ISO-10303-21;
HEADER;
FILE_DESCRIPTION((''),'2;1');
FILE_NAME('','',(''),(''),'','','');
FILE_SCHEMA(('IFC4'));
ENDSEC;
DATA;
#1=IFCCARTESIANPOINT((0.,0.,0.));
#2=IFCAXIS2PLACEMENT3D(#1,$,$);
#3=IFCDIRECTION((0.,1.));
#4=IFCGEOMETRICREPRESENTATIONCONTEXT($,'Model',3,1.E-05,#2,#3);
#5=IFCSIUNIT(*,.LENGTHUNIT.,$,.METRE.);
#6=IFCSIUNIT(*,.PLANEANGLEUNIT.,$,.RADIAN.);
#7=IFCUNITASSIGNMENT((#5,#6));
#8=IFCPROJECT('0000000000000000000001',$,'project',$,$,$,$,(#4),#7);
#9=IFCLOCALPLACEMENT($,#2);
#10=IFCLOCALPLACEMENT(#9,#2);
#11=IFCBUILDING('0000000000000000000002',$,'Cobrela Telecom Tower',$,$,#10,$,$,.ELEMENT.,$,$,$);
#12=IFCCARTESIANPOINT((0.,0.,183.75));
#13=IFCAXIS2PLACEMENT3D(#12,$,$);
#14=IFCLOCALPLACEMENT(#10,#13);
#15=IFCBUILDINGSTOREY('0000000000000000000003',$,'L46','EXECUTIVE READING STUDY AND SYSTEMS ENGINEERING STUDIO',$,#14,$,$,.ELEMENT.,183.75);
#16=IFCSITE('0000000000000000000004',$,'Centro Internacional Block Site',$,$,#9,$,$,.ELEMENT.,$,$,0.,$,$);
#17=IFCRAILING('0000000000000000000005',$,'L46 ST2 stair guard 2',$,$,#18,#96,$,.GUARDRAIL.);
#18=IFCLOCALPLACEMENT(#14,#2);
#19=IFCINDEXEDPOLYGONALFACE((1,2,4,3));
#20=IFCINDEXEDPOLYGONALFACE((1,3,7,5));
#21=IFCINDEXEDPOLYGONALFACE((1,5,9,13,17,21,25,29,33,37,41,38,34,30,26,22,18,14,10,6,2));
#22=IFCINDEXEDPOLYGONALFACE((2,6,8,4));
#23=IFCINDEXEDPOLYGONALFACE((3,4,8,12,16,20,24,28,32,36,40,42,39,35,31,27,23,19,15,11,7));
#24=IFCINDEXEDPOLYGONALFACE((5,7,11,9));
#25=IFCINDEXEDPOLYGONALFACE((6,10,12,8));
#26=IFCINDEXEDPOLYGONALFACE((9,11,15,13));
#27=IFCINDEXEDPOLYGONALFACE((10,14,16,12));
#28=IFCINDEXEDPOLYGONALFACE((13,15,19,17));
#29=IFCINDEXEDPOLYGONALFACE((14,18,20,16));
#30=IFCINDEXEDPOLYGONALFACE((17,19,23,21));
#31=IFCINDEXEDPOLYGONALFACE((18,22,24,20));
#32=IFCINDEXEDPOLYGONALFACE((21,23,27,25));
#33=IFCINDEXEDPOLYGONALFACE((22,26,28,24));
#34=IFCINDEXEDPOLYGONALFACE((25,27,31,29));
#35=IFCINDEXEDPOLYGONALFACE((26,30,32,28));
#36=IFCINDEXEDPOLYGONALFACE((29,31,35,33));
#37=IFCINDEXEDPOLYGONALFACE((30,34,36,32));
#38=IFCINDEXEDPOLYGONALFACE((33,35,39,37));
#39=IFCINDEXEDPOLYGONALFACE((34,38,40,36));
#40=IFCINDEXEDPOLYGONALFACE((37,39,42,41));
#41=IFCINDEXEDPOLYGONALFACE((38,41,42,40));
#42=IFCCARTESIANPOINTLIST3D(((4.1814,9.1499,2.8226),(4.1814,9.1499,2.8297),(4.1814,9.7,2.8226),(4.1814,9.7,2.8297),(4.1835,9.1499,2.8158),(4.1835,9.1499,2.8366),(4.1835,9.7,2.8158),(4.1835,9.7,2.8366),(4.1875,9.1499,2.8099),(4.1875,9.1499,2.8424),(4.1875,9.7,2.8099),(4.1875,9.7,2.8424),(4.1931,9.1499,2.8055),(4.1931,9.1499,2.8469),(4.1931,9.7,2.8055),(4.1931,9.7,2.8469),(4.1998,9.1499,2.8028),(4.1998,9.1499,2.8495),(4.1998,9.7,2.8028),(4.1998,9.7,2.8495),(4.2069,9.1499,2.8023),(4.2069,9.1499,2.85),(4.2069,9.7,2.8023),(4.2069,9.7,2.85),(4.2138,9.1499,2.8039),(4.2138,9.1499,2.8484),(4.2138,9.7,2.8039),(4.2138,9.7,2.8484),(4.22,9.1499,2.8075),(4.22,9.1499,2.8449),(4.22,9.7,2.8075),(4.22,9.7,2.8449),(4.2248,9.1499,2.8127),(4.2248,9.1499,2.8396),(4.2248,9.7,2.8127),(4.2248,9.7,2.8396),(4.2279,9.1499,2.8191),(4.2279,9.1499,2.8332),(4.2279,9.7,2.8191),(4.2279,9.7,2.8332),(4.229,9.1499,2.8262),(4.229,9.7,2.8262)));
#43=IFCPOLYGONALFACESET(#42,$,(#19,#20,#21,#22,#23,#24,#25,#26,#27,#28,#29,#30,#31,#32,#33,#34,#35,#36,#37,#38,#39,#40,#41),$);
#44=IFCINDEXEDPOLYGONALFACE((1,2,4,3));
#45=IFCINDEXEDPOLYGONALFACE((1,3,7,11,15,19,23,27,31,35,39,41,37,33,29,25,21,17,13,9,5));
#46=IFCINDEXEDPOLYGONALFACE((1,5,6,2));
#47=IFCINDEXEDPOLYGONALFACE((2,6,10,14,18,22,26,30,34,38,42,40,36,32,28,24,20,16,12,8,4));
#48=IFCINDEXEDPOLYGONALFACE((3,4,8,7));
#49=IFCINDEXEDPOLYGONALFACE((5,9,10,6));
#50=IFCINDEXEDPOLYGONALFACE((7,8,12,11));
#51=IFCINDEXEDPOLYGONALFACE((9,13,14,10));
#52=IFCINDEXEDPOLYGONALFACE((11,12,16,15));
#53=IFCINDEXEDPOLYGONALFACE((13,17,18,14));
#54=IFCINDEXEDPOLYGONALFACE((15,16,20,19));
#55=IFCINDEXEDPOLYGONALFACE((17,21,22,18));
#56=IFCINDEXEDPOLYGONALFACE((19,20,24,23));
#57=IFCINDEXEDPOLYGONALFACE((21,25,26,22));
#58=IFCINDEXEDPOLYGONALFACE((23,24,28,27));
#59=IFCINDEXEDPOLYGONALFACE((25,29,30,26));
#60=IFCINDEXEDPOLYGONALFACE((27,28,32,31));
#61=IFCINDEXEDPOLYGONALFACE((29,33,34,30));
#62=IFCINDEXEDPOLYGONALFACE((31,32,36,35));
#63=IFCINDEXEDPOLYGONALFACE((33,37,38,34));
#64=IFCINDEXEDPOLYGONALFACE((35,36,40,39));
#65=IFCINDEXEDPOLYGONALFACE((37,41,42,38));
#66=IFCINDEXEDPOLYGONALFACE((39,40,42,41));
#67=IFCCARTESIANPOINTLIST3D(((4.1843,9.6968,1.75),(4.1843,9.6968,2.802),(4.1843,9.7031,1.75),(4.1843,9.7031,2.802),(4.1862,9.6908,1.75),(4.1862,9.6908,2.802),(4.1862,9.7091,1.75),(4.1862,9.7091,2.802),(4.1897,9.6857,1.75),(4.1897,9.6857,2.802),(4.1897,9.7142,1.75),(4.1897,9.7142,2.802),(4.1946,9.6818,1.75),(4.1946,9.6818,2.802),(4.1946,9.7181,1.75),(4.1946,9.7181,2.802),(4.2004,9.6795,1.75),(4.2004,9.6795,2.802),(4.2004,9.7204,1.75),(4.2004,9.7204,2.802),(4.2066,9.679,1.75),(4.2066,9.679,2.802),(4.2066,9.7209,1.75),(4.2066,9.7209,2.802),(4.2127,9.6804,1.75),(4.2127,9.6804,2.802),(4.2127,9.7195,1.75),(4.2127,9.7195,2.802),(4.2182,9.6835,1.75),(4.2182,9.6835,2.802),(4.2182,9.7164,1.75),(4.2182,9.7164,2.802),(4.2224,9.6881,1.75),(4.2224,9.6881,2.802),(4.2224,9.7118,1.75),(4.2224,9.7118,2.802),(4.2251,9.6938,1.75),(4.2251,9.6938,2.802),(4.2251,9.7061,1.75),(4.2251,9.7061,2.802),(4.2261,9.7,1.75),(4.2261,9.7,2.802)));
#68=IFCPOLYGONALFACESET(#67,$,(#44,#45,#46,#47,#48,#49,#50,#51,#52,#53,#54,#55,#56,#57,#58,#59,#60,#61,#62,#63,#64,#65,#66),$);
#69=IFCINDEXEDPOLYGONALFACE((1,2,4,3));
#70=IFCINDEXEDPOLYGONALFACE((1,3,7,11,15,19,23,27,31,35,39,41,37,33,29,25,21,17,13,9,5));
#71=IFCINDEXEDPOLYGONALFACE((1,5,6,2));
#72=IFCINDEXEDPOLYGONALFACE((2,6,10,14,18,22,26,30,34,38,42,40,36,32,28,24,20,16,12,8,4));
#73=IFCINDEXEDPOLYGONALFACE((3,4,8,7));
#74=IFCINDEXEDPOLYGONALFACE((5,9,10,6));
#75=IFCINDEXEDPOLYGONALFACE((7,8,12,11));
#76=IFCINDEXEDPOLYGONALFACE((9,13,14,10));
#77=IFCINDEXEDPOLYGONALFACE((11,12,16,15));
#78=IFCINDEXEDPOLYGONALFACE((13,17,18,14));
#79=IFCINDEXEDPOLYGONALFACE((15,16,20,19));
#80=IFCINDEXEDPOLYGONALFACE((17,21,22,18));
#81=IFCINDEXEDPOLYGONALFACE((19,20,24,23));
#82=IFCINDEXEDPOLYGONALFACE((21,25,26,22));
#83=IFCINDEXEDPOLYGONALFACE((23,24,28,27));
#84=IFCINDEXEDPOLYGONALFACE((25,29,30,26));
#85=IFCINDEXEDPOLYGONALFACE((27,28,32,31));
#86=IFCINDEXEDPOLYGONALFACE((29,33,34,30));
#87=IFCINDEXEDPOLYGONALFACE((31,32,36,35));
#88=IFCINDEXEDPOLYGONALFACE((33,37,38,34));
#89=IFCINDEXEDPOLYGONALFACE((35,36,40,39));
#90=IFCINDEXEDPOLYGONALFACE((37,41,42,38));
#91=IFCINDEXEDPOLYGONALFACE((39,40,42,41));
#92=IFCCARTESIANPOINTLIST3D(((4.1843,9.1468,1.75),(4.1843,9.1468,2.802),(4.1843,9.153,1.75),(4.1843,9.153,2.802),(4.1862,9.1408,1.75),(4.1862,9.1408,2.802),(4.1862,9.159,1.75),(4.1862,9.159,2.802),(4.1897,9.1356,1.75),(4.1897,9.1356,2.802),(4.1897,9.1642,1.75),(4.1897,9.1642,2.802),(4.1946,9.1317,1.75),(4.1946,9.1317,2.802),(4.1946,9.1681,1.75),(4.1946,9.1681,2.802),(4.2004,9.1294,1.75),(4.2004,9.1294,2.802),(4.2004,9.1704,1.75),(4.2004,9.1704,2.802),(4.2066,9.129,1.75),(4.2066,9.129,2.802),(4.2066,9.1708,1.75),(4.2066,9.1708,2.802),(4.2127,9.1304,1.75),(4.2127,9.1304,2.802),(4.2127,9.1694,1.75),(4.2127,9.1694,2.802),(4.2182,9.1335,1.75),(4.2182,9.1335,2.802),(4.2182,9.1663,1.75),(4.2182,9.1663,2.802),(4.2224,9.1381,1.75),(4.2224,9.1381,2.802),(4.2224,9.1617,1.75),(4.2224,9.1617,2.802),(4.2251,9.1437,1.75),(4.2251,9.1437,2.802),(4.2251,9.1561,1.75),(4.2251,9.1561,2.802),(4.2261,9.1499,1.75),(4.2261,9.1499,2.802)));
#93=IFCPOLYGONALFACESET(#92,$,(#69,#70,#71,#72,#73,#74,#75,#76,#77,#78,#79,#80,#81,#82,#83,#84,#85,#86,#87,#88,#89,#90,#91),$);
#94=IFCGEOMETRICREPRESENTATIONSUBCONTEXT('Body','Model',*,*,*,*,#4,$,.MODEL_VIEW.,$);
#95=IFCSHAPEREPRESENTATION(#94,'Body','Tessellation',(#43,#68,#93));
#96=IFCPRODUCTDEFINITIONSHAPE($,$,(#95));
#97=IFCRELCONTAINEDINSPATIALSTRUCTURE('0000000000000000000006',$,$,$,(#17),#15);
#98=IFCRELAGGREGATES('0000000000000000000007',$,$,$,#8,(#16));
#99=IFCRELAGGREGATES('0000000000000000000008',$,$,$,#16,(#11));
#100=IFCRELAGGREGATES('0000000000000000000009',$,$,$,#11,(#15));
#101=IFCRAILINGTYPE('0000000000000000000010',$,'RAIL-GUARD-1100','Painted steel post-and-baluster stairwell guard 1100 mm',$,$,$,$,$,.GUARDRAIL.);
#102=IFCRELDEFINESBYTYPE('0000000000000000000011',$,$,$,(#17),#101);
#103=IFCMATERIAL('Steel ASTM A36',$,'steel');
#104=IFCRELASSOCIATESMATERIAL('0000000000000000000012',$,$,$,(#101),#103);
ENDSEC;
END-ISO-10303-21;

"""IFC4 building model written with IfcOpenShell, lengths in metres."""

from ifc_helpers import new_model, si_unit, direction, frame, origin, origin_2d, place, context, subcontext, project, spatial, circle, extrude, material, type_object, element, save


model = new_model("IFC4")

# Units and contexts
model_context = context("Model", 3, precision=1e-05, world=origin(), true_north=direction((0.0, 1.0)))
body_context = subcontext(model_context, "Body", "Model", "MODEL_VIEW")
ifc_project = project(units=[si_unit("LENGTHUNIT", "METRE"), si_unit("PLANEANGLEUNIT", "RADIAN")], contexts=[model_context])

# Site, building, storey
site_placement = place(None, origin())
site = spatial("IfcSite", under=ifc_project, at=site_placement, Name="Centro Internacional Block Site", CompositionType="ELEMENT", RefElevation=0.0)
building_placement = place(site_placement, origin())
building = spatial("IfcBuilding", under=site, at=building_placement, Name="Cobrela Telecom Tower", CompositionType="ELEMENT")
storey_placement = place(building_placement, frame((0.0, 0.0, 183.75)))
storey = spatial("IfcBuildingStorey", under=building, at=storey_placement, Name="L46", Description="EXECUTIVE READING STUDY AND SYSTEMS ENGINEERING STUDIO", CompositionType="ELEMENT", Elevation=183.75)

# Shared definitions
ifc_material_1 = material(Name="Steel ASTM A36", Category="steel")

# Railing
railing_type = type_object("IfcRailingType", Name="RAIL-GUARD-1100", Description="Painted steel post-and-baluster stairwell guard 1100 mm", PredefinedType="GUARDRAIL", material=ifc_material_1)
railing_1_placement = place(storey_placement, frame((4.2051, 9.7, 1.75)))
element("IfcRailing", 1, at=railing_1_placement, inside=storey, type_object=railing_type, Name="L46 ST2 stair guard 2", PredefinedType="GUARDRAIL", context=body_context, shape_type="SweptSolid", body=[
    extrude(circle(Radius=0.0239, at=origin_2d()), frame((0.0, 0.0, 1.0762), z_axis=(0.0, -1.0, 0.0), x_axis=(1.0, 0.0, 0.0)), (0.0, 0.0, 1.0), 0.55),
    extrude(circle(Radius=0.021, at=origin_2d()), origin(), (0.0, 0.0, 1.0), 1.052),
    extrude(circle(Radius=0.021, at=origin_2d()), frame((0.0, -0.55, 0.0)), (0.0, 0.0, 1.0), 1.052),
])

save(model, "model.ifc")
